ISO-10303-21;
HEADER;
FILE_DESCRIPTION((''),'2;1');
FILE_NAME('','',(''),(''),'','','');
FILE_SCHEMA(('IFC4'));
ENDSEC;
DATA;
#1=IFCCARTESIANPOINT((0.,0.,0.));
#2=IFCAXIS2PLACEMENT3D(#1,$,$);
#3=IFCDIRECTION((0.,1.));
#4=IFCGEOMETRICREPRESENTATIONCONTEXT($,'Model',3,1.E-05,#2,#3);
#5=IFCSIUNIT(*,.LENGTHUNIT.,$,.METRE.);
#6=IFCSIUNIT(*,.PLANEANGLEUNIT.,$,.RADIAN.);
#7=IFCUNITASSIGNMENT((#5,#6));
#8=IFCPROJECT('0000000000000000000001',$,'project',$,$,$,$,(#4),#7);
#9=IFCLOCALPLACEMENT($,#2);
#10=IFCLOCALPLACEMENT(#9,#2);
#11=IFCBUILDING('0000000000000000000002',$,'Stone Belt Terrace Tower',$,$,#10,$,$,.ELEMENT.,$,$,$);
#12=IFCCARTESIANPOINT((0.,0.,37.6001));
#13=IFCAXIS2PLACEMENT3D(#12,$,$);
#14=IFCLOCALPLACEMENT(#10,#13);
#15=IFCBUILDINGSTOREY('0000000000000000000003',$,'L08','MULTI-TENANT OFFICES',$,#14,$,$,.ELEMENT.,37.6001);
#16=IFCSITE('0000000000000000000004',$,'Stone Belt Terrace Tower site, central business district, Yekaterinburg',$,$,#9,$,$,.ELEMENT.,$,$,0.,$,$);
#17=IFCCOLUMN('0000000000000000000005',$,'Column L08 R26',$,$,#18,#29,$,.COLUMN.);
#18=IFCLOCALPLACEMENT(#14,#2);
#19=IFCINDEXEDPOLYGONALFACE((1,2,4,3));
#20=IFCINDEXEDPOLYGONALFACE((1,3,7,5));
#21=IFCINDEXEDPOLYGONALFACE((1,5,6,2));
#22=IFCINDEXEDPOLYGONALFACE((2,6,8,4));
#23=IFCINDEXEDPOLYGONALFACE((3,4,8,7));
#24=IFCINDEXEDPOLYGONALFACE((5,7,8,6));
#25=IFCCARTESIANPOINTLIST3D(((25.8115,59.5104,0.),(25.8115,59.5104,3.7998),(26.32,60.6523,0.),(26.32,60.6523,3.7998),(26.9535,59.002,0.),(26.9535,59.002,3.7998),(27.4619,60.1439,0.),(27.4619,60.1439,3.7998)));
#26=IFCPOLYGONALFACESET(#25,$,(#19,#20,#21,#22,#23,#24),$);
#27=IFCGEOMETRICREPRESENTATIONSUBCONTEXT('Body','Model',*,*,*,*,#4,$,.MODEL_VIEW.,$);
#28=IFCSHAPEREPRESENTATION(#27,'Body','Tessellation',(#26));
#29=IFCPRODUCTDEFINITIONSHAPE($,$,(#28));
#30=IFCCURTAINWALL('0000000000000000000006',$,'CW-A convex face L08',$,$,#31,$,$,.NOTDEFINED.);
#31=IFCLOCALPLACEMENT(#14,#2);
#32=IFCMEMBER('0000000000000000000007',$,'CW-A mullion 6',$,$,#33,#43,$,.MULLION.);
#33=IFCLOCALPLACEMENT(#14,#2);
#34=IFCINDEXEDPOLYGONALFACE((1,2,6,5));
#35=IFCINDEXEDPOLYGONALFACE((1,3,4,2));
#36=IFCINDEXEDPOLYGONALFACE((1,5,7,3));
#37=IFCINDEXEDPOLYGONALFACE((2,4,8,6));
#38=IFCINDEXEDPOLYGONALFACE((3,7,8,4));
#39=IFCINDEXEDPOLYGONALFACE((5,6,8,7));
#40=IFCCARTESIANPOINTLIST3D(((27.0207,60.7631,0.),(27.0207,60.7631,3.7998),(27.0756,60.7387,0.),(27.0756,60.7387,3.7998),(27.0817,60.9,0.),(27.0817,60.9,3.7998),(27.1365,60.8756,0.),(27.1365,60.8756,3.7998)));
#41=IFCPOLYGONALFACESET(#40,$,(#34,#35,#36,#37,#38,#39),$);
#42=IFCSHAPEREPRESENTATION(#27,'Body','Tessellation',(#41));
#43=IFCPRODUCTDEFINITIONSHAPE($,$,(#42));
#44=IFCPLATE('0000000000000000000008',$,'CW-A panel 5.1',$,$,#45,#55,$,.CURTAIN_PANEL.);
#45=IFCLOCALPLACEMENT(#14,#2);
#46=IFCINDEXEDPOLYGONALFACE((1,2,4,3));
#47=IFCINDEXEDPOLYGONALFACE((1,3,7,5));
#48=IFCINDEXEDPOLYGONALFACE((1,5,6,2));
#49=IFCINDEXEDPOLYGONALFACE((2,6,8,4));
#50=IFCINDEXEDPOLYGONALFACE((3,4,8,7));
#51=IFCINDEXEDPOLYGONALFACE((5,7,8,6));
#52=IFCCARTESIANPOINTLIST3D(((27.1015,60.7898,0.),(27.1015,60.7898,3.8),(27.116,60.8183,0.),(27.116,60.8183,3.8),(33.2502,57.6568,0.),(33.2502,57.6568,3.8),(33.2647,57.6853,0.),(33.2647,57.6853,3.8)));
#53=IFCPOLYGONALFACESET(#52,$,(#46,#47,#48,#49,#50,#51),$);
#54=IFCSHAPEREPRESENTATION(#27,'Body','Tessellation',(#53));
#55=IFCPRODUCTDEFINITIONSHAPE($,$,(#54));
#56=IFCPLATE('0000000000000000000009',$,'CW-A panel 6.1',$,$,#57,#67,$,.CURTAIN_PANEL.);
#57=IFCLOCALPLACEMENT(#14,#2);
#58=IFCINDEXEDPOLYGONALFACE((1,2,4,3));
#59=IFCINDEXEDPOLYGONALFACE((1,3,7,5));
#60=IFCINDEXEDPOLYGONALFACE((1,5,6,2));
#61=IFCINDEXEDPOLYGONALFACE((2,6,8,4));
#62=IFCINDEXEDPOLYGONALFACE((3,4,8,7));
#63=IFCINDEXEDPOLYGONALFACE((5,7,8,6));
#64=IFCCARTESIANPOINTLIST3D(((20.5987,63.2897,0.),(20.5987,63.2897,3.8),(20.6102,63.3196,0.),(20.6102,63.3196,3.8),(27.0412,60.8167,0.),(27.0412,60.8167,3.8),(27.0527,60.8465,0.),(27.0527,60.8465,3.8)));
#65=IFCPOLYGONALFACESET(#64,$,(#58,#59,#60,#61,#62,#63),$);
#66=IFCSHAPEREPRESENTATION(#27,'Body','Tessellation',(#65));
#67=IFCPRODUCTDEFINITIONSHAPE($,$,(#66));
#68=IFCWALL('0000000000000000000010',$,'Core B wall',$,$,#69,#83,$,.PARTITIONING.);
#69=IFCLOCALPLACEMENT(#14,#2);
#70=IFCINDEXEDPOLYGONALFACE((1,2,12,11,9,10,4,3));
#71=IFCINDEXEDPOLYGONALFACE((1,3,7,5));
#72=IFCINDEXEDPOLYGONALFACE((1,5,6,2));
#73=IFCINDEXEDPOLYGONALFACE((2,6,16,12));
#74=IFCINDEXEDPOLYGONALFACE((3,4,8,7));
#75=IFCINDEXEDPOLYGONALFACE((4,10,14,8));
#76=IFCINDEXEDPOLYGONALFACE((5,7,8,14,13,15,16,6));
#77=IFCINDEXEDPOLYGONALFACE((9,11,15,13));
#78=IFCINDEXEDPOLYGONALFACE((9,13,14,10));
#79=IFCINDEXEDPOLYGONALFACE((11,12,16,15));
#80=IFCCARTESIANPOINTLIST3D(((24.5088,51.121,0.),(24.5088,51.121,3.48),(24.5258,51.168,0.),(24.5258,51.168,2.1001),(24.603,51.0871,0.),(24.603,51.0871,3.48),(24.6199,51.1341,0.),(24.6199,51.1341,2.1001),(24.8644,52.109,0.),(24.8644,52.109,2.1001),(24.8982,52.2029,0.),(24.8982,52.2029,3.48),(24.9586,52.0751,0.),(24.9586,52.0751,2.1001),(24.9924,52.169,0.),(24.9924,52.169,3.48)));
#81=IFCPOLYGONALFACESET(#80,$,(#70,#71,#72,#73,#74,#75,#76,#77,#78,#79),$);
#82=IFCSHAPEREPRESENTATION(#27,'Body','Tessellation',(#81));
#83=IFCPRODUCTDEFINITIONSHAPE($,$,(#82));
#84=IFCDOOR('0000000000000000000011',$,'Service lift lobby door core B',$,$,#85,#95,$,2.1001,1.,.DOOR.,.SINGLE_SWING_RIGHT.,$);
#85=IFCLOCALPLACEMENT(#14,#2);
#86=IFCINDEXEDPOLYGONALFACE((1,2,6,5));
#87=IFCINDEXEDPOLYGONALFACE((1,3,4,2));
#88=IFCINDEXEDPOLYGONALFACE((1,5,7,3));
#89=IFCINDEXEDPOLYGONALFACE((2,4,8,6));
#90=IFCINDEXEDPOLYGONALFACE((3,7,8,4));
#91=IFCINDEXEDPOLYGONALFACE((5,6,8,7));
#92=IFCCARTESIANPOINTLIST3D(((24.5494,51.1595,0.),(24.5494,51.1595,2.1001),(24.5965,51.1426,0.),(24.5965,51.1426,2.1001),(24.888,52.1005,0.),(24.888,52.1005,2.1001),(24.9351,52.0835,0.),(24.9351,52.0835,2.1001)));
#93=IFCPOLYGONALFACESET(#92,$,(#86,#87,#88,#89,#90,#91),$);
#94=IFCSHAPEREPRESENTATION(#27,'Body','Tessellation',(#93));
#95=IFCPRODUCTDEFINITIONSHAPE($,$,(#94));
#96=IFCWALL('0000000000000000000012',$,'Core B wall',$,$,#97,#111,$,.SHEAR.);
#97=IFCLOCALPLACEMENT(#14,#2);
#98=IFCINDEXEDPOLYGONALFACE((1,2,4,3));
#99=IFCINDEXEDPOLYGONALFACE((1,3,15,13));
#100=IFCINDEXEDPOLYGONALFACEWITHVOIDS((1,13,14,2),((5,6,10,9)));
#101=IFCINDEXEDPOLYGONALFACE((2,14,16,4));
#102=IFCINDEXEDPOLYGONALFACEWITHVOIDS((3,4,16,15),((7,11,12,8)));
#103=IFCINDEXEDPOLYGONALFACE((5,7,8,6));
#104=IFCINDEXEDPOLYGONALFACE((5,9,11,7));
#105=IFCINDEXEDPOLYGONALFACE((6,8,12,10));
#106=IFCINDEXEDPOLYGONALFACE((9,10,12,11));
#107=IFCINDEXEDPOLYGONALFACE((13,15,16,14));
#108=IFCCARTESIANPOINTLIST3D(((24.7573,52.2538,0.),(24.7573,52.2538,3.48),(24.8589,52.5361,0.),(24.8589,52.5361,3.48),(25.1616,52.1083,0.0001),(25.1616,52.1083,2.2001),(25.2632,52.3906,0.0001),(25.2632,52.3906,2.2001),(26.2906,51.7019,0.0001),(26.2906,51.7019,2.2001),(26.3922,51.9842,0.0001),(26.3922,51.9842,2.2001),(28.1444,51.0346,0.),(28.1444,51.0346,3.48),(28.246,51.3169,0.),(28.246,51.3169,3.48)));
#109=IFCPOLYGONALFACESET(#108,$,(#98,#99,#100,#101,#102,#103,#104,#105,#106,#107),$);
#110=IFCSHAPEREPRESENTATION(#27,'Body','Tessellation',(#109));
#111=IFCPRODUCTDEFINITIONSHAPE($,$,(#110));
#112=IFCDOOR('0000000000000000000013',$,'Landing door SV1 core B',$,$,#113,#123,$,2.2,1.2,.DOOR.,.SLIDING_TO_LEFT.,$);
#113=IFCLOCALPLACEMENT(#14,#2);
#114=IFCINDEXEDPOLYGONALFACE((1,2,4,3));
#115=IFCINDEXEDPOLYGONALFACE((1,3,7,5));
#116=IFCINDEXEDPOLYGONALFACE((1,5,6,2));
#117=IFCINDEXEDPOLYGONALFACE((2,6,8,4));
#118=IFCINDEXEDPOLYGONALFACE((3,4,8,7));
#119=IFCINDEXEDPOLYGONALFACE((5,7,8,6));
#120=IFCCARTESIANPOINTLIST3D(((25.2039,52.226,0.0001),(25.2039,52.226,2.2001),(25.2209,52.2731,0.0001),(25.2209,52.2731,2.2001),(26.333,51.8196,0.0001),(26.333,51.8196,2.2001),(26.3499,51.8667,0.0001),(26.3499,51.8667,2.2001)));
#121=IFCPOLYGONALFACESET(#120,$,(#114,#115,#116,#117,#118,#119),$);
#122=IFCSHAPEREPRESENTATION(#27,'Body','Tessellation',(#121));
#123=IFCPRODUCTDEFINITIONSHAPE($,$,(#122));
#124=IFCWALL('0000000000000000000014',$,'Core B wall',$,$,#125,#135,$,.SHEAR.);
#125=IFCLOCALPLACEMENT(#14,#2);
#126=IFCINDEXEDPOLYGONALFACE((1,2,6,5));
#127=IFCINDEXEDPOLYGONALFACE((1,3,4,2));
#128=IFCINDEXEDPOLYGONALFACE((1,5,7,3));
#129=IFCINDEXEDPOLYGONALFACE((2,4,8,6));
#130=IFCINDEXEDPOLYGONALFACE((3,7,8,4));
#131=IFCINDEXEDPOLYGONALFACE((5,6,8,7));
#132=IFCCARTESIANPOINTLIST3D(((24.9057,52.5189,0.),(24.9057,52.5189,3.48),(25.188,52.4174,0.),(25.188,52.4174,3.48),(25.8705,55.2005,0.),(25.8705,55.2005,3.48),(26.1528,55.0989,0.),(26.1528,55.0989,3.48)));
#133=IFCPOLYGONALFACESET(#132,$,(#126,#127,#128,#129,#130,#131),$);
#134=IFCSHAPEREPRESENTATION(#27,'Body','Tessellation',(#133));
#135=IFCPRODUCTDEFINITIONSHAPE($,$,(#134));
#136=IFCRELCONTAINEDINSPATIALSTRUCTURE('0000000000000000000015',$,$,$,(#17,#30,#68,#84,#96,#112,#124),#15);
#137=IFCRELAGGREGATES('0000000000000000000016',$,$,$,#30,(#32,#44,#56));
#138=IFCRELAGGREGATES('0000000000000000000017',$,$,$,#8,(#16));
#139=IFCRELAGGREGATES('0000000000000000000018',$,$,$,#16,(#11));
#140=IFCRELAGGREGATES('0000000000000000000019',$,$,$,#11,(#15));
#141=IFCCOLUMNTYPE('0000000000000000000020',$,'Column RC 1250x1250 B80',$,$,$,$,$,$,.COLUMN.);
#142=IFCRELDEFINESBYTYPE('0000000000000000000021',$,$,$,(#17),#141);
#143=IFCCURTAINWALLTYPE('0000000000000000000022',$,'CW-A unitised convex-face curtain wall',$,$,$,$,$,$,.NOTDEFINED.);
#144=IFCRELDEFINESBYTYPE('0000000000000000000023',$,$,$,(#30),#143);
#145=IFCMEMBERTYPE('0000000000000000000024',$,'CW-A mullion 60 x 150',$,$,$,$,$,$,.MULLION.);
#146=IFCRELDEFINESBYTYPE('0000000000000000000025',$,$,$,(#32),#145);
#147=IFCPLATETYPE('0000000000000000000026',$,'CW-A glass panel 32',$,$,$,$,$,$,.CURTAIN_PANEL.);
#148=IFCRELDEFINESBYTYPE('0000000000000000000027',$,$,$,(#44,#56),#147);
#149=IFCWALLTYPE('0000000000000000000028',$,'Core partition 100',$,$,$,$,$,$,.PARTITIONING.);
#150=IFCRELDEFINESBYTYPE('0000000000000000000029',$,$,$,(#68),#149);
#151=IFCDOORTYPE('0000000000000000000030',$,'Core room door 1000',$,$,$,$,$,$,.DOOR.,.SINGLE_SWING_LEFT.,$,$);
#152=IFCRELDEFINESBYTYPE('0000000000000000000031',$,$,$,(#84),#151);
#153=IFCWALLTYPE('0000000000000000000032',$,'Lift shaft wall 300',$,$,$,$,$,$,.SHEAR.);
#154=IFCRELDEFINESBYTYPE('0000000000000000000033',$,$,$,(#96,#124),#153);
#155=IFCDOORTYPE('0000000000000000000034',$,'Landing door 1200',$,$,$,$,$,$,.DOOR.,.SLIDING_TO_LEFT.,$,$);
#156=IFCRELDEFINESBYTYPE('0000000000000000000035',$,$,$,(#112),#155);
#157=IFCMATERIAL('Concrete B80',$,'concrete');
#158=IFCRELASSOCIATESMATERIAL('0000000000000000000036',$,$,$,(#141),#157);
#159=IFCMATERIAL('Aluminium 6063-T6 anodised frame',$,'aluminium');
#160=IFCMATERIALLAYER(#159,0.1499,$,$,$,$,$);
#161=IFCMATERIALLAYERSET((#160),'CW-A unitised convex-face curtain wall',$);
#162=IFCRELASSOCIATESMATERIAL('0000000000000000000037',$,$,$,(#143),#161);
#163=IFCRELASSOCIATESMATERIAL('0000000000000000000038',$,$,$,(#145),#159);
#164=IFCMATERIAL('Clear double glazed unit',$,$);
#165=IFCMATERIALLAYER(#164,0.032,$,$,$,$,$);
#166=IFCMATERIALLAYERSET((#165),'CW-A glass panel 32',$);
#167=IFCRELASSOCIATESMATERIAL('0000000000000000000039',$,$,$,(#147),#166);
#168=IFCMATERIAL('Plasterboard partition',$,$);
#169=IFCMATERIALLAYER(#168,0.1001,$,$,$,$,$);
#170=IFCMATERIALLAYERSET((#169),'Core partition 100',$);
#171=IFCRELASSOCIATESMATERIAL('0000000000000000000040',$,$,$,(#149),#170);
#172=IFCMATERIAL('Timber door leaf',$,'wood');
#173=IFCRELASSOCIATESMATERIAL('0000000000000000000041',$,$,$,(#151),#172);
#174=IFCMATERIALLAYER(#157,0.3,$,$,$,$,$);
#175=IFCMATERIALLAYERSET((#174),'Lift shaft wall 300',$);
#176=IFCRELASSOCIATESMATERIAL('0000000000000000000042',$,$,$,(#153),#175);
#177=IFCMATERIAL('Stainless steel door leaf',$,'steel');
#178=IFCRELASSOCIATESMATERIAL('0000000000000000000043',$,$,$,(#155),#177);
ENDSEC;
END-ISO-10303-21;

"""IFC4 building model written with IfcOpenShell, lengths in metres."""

from ifc_helpers import new_model, si_unit, direction, frame, frame_2d, origin, origin_2d, place, context, subcontext, project, spatial, rectangle, extrude, material, layer, layer_set, material_profile, profile_set, type_object, element, fill, aggregate, save


model = new_model("IFC4")

# Units and contexts
model_context = context("Model", 3, precision=1e-05, world=origin(), true_north=direction((0.0, 1.0)))
body_context = subcontext(model_context, "Body", "Model", "MODEL_VIEW")
ifc_project = project(units=[si_unit("LENGTHUNIT", "METRE"), si_unit("PLANEANGLEUNIT", "RADIAN")], contexts=[model_context])

# Site, building, storey
site_placement = place(None, origin())
site = spatial("IfcSite", under=ifc_project, at=site_placement, Name="Stone Belt Terrace Tower site, central business district, Yekaterinburg", CompositionType="ELEMENT", RefElevation=0.0)
building_placement = place(site_placement, origin())
building = spatial("IfcBuilding", under=site, at=building_placement, Name="Stone Belt Terrace Tower", CompositionType="ELEMENT")
storey_placement = place(building_placement, frame((0.0, 0.0, 37.6001)))
storey = spatial("IfcBuildingStorey", under=building, at=storey_placement, Name="L08", Description="MULTI-TENANT OFFICES", CompositionType="ELEMENT", Elevation=37.6001)

# Column
ifc_material_1 = material(Name="Concrete B80", Category="concrete")
ifc_material_profile_1 = material_profile(ifc_material_1, rectangle(XDim=1.25, YDim=1.25, at=origin_2d()), Name="RC 1250x1250")
ifc_profile_set_1 = profile_set([ifc_material_profile_1], Name="Concrete B80")
column_type = type_object("IfcColumnType", Name="Column RC 1250x1250 B80", PredefinedType="COLUMN", material=ifc_profile_set_1)
column_placement = place(storey_placement, frame((26.6367, 59.8271, 0.0), z_axis=(0.0, 0.0, 1.0), x_axis=(0.913545, -0.406737, 0.0)))
element("IfcColumn", 1, at=column_placement, inside=storey, type_object=column_type, Name="Column L08 R26", PredefinedType="COLUMN", context=body_context, shape_type="SweptSolid", body=[
    extrude(rectangle(XDim=1.25, YDim=1.25, at=origin_2d()), origin(), (0.0, 0.0, 1.0), 3.7998),
])

# Curtain wall, member, plates
ifc_material_2 = material(Name="Aluminium 6063-T6 anodised frame", Category="aluminium")
ifc_layer_1 = layer(ifc_material_2, 0.1499)
ifc_layer_set_1 = layer_set([ifc_layer_1], Name="CW-A unitised convex-face curtain wall")
curtain_wall_type = type_object("IfcCurtainWallType", Name="CW-A unitised convex-face curtain wall", PredefinedType="NOTDEFINED", material=ifc_layer_set_1)
curtain_wall_placement = place(storey_placement, origin())
curtain_wall = element("IfcCurtainWall", 2, at=curtain_wall_placement, inside=storey, type_object=curtain_wall_type, Name="CW-A convex face L08", PredefinedType="NOTDEFINED")
ifc_material_profile_2 = material_profile(ifc_material_2, rectangle(XDim=0.1499, YDim=0.0601, at=origin_2d()), Name="Aluminium 6063-T6 60x150")
ifc_profile_set_2 = profile_set([ifc_material_profile_2], Name="Aluminium 6063-T6 anodised frame")
member_type = type_object("IfcMemberType", Name="CW-A mullion 60 x 150", PredefinedType="MULLION", material=ifc_profile_set_2)
member_placement = place(storey_placement, frame((27.0786, 60.8193, 0.0), z_axis=(0.0, 0.0, 1.0), x_axis=(-0.406737, -0.913545, 0.0)))
member = element("IfcMember", 3, at=member_placement, type_object=member_type, Name="CW-A mullion 6", PredefinedType="MULLION", context=body_context, shape_type="SweptSolid", body=[
    extrude(rectangle(XDim=0.1499, YDim=0.0601, at=origin_2d()), origin(), (0.0, 0.0, 1.0), 3.7998),
])
ifc_material_3 = material(Name="Clear double glazed unit")
ifc_layer_2 = layer(ifc_material_3, 0.032)
ifc_layer_set_2 = layer_set([ifc_layer_2], Name="CW-A glass panel 32")
plate_type = type_object("IfcPlateType", Name="CW-A glass panel 32", PredefinedType="CURTAIN_PANEL", material=ifc_layer_set_2)
plate_1_placement = place(storey_placement, frame((30.1831, 59.2375, 0.0), z_axis=(0.0, 0.0, 1.0), x_axis=(-0.891007, 0.45399, 0.0)))
plate_1 = element("IfcPlate", 4, at=plate_1_placement, type_object=plate_type, Name="CW-A panel 5.1", PredefinedType="CURTAIN_PANEL", context=body_context, shape_type="SweptSolid", body=[
    extrude(rectangle(XDim=6.9009, YDim=0.032, at=origin_2d()), origin(), (0.0, 0.0, 1.0), 3.8),
])
plate_2_placement = place(storey_placement, frame((23.8257, 62.0681, 0.0), z_axis=(0.0, 0.0, 1.0), x_axis=(-0.93358, 0.358368, 0.0)))
plate_2 = element("IfcPlate", 5, at=plate_2_placement, type_object=plate_type, Name="CW-A panel 6.1", PredefinedType="CURTAIN_PANEL", context=body_context, shape_type="SweptSolid", body=[
    extrude(rectangle(XDim=6.9009, YDim=0.032, at=origin_2d()), origin(), (0.0, 0.0, 1.0), 3.8),
])
aggregate(curtain_wall, [member, plate_1, plate_2])

# Walls, openings, doors
ifc_material_4 = material(Name="Plasterboard partition")
ifc_layer_3 = layer(ifc_material_4, 0.1001)
ifc_layer_set_3 = layer_set([ifc_layer_3], Name="Core partition 100")
wall_type_1 = type_object("IfcWallType", Name="Core partition 100", PredefinedType="PARTITIONING", material=ifc_layer_set_3)
wall_1_placement = place(storey_placement, frame((24.5559, 51.104, 0.0), z_axis=(0.0, 0.0, 1.0), x_axis=(0.338622, 0.940923, 0.0)))
wall_1 = element("IfcWall", 6, at=wall_1_placement, inside=storey, type_object=wall_type_1, Name="Core B wall", PredefinedType="PARTITIONING", context=body_context, shape_type="SweptSolid", body=[
    extrude(rectangle(XDim=1.1499, YDim=0.1001, at=frame_2d((0.575, 0.0))), origin(), (0.0, 0.0, 1.0), 3.48),
])
opening_1_placement = place(wall_1_placement, frame((0.05, 0.0, 0.0)))
opening_1 = element("IfcOpeningElement", 7, at=opening_1_placement, cuts=wall_1, PredefinedType="OPENING", context=body_context, shape_type="SweptSolid", body=[
    extrude(rectangle(XDim=1.0, YDim=2.1001, at=frame_2d((0.5, 1.05))), frame((0.0, 0.0601, 0.0), z_axis=(0.0, -1.0, 0.0), x_axis=(1.0, 0.0, 0.0)), (0.0, 0.0, 1.0), 0.1201),
])
ifc_material_5 = material(Name="Timber door leaf", Category="wood")
door_type_1 = type_object("IfcDoorType", Name="Core room door 1000", OperationType="SINGLE_SWING_LEFT", PredefinedType="DOOR", material=ifc_material_5)
door_1_placement = place(opening_1_placement, origin())
door_1 = element("IfcDoor", 8, at=door_1_placement, inside=storey, type_object=door_type_1, Name="Service lift lobby door core B", OperationType="SINGLE_SWING_RIGHT", OverallHeight=2.1001, OverallWidth=1.0, PredefinedType="DOOR", context=body_context, shape_type="SweptSolid", body=[
    extrude(rectangle(XDim=1.0, YDim=2.1001, at=frame_2d((0.5, 1.05))), frame((0.0, 0.0249, 0.0), z_axis=(0.0, -1.0, 0.0), x_axis=(1.0, 0.0, 0.0)), (0.0, 0.0, 1.0), 0.05),
])
fill(opening_1, door_1)
ifc_layer_4 = layer(ifc_material_1, 0.3)
ifc_layer_set_4 = layer_set([ifc_layer_4], Name="Lift shaft wall 300")
wall_type_2 = type_object("IfcWallType", Name="Lift shaft wall 300", PredefinedType="SHEAR", material=ifc_layer_set_4)
wall_2_placement = place(storey_placement, frame((28.1951, 51.1758, 0.0), z_axis=(0.0, 0.0, 1.0), x_axis=(-0.940901, 0.338681, 0.0)))
wall_2 = element("IfcWall", 9, at=wall_2_placement, inside=storey, type_object=wall_type_2, Name="Core B wall", PredefinedType="SHEAR", context=body_context, shape_type="SweptSolid", body=[
    extrude(rectangle(XDim=3.5999, YDim=0.3, at=frame_2d((1.7998, 0.0))), origin(), (0.0, 0.0, 1.0), 3.48),
])
opening_2_placement = place(wall_2_placement, frame((1.97, 0.0, 0.0)))
opening_2 = element("IfcOpeningElement", 10, at=opening_2_placement, cuts=wall_2, PredefinedType="OPENING", context=body_context, shape_type="SweptSolid", body=[
    extrude(rectangle(XDim=1.2, YDim=2.2, at=frame_2d((0.6001, 1.1001))), frame((0.0, 0.1599, 0.0), z_axis=(0.0, -1.0, 0.0), x_axis=(1.0, 0.0, 0.0)), (0.0, 0.0, 1.0), 0.3201),
])
ifc_material_6 = material(Name="Stainless steel door leaf", Category="steel")
door_type_2 = type_object("IfcDoorType", Name="Landing door 1200", OperationType="SLIDING_TO_LEFT", PredefinedType="DOOR", material=ifc_material_6)
door_2_placement = place(opening_2_placement, origin())
door_2 = element("IfcDoor", 11, at=door_2_placement, inside=storey, type_object=door_type_2, Name="Landing door SV1 core B", OperationType="SLIDING_TO_LEFT", OverallHeight=2.2, OverallWidth=1.2, PredefinedType="DOOR", context=body_context, shape_type="SweptSolid", body=[
    extrude(rectangle(XDim=1.2, YDim=2.2, at=frame_2d((0.6001, 1.1001))), frame((0.0, 0.0249, 0.0), z_axis=(0.0, -1.0, 0.0), x_axis=(1.0, 0.0, 0.0)), (0.0, 0.0, 1.0), 0.05),
])
fill(opening_2, door_2)

# Wall
wall_3_placement = place(storey_placement, frame((25.0469, 52.4683, 0.0), z_axis=(0.0, 0.0, 1.0), x_axis=(0.33855, 0.940949, 0.0)))
element("IfcWall", 12, at=wall_3_placement, inside=storey, type_object=wall_type_2, Name="Core B wall", PredefinedType="SHEAR", context=body_context, shape_type="SweptSolid", body=[
    extrude(rectangle(XDim=2.8499, YDim=0.3, at=frame_2d((1.4248, 0.0))), origin(), (0.0, 0.0, 1.0), 3.48),
])

save(model, "model.ifc")
